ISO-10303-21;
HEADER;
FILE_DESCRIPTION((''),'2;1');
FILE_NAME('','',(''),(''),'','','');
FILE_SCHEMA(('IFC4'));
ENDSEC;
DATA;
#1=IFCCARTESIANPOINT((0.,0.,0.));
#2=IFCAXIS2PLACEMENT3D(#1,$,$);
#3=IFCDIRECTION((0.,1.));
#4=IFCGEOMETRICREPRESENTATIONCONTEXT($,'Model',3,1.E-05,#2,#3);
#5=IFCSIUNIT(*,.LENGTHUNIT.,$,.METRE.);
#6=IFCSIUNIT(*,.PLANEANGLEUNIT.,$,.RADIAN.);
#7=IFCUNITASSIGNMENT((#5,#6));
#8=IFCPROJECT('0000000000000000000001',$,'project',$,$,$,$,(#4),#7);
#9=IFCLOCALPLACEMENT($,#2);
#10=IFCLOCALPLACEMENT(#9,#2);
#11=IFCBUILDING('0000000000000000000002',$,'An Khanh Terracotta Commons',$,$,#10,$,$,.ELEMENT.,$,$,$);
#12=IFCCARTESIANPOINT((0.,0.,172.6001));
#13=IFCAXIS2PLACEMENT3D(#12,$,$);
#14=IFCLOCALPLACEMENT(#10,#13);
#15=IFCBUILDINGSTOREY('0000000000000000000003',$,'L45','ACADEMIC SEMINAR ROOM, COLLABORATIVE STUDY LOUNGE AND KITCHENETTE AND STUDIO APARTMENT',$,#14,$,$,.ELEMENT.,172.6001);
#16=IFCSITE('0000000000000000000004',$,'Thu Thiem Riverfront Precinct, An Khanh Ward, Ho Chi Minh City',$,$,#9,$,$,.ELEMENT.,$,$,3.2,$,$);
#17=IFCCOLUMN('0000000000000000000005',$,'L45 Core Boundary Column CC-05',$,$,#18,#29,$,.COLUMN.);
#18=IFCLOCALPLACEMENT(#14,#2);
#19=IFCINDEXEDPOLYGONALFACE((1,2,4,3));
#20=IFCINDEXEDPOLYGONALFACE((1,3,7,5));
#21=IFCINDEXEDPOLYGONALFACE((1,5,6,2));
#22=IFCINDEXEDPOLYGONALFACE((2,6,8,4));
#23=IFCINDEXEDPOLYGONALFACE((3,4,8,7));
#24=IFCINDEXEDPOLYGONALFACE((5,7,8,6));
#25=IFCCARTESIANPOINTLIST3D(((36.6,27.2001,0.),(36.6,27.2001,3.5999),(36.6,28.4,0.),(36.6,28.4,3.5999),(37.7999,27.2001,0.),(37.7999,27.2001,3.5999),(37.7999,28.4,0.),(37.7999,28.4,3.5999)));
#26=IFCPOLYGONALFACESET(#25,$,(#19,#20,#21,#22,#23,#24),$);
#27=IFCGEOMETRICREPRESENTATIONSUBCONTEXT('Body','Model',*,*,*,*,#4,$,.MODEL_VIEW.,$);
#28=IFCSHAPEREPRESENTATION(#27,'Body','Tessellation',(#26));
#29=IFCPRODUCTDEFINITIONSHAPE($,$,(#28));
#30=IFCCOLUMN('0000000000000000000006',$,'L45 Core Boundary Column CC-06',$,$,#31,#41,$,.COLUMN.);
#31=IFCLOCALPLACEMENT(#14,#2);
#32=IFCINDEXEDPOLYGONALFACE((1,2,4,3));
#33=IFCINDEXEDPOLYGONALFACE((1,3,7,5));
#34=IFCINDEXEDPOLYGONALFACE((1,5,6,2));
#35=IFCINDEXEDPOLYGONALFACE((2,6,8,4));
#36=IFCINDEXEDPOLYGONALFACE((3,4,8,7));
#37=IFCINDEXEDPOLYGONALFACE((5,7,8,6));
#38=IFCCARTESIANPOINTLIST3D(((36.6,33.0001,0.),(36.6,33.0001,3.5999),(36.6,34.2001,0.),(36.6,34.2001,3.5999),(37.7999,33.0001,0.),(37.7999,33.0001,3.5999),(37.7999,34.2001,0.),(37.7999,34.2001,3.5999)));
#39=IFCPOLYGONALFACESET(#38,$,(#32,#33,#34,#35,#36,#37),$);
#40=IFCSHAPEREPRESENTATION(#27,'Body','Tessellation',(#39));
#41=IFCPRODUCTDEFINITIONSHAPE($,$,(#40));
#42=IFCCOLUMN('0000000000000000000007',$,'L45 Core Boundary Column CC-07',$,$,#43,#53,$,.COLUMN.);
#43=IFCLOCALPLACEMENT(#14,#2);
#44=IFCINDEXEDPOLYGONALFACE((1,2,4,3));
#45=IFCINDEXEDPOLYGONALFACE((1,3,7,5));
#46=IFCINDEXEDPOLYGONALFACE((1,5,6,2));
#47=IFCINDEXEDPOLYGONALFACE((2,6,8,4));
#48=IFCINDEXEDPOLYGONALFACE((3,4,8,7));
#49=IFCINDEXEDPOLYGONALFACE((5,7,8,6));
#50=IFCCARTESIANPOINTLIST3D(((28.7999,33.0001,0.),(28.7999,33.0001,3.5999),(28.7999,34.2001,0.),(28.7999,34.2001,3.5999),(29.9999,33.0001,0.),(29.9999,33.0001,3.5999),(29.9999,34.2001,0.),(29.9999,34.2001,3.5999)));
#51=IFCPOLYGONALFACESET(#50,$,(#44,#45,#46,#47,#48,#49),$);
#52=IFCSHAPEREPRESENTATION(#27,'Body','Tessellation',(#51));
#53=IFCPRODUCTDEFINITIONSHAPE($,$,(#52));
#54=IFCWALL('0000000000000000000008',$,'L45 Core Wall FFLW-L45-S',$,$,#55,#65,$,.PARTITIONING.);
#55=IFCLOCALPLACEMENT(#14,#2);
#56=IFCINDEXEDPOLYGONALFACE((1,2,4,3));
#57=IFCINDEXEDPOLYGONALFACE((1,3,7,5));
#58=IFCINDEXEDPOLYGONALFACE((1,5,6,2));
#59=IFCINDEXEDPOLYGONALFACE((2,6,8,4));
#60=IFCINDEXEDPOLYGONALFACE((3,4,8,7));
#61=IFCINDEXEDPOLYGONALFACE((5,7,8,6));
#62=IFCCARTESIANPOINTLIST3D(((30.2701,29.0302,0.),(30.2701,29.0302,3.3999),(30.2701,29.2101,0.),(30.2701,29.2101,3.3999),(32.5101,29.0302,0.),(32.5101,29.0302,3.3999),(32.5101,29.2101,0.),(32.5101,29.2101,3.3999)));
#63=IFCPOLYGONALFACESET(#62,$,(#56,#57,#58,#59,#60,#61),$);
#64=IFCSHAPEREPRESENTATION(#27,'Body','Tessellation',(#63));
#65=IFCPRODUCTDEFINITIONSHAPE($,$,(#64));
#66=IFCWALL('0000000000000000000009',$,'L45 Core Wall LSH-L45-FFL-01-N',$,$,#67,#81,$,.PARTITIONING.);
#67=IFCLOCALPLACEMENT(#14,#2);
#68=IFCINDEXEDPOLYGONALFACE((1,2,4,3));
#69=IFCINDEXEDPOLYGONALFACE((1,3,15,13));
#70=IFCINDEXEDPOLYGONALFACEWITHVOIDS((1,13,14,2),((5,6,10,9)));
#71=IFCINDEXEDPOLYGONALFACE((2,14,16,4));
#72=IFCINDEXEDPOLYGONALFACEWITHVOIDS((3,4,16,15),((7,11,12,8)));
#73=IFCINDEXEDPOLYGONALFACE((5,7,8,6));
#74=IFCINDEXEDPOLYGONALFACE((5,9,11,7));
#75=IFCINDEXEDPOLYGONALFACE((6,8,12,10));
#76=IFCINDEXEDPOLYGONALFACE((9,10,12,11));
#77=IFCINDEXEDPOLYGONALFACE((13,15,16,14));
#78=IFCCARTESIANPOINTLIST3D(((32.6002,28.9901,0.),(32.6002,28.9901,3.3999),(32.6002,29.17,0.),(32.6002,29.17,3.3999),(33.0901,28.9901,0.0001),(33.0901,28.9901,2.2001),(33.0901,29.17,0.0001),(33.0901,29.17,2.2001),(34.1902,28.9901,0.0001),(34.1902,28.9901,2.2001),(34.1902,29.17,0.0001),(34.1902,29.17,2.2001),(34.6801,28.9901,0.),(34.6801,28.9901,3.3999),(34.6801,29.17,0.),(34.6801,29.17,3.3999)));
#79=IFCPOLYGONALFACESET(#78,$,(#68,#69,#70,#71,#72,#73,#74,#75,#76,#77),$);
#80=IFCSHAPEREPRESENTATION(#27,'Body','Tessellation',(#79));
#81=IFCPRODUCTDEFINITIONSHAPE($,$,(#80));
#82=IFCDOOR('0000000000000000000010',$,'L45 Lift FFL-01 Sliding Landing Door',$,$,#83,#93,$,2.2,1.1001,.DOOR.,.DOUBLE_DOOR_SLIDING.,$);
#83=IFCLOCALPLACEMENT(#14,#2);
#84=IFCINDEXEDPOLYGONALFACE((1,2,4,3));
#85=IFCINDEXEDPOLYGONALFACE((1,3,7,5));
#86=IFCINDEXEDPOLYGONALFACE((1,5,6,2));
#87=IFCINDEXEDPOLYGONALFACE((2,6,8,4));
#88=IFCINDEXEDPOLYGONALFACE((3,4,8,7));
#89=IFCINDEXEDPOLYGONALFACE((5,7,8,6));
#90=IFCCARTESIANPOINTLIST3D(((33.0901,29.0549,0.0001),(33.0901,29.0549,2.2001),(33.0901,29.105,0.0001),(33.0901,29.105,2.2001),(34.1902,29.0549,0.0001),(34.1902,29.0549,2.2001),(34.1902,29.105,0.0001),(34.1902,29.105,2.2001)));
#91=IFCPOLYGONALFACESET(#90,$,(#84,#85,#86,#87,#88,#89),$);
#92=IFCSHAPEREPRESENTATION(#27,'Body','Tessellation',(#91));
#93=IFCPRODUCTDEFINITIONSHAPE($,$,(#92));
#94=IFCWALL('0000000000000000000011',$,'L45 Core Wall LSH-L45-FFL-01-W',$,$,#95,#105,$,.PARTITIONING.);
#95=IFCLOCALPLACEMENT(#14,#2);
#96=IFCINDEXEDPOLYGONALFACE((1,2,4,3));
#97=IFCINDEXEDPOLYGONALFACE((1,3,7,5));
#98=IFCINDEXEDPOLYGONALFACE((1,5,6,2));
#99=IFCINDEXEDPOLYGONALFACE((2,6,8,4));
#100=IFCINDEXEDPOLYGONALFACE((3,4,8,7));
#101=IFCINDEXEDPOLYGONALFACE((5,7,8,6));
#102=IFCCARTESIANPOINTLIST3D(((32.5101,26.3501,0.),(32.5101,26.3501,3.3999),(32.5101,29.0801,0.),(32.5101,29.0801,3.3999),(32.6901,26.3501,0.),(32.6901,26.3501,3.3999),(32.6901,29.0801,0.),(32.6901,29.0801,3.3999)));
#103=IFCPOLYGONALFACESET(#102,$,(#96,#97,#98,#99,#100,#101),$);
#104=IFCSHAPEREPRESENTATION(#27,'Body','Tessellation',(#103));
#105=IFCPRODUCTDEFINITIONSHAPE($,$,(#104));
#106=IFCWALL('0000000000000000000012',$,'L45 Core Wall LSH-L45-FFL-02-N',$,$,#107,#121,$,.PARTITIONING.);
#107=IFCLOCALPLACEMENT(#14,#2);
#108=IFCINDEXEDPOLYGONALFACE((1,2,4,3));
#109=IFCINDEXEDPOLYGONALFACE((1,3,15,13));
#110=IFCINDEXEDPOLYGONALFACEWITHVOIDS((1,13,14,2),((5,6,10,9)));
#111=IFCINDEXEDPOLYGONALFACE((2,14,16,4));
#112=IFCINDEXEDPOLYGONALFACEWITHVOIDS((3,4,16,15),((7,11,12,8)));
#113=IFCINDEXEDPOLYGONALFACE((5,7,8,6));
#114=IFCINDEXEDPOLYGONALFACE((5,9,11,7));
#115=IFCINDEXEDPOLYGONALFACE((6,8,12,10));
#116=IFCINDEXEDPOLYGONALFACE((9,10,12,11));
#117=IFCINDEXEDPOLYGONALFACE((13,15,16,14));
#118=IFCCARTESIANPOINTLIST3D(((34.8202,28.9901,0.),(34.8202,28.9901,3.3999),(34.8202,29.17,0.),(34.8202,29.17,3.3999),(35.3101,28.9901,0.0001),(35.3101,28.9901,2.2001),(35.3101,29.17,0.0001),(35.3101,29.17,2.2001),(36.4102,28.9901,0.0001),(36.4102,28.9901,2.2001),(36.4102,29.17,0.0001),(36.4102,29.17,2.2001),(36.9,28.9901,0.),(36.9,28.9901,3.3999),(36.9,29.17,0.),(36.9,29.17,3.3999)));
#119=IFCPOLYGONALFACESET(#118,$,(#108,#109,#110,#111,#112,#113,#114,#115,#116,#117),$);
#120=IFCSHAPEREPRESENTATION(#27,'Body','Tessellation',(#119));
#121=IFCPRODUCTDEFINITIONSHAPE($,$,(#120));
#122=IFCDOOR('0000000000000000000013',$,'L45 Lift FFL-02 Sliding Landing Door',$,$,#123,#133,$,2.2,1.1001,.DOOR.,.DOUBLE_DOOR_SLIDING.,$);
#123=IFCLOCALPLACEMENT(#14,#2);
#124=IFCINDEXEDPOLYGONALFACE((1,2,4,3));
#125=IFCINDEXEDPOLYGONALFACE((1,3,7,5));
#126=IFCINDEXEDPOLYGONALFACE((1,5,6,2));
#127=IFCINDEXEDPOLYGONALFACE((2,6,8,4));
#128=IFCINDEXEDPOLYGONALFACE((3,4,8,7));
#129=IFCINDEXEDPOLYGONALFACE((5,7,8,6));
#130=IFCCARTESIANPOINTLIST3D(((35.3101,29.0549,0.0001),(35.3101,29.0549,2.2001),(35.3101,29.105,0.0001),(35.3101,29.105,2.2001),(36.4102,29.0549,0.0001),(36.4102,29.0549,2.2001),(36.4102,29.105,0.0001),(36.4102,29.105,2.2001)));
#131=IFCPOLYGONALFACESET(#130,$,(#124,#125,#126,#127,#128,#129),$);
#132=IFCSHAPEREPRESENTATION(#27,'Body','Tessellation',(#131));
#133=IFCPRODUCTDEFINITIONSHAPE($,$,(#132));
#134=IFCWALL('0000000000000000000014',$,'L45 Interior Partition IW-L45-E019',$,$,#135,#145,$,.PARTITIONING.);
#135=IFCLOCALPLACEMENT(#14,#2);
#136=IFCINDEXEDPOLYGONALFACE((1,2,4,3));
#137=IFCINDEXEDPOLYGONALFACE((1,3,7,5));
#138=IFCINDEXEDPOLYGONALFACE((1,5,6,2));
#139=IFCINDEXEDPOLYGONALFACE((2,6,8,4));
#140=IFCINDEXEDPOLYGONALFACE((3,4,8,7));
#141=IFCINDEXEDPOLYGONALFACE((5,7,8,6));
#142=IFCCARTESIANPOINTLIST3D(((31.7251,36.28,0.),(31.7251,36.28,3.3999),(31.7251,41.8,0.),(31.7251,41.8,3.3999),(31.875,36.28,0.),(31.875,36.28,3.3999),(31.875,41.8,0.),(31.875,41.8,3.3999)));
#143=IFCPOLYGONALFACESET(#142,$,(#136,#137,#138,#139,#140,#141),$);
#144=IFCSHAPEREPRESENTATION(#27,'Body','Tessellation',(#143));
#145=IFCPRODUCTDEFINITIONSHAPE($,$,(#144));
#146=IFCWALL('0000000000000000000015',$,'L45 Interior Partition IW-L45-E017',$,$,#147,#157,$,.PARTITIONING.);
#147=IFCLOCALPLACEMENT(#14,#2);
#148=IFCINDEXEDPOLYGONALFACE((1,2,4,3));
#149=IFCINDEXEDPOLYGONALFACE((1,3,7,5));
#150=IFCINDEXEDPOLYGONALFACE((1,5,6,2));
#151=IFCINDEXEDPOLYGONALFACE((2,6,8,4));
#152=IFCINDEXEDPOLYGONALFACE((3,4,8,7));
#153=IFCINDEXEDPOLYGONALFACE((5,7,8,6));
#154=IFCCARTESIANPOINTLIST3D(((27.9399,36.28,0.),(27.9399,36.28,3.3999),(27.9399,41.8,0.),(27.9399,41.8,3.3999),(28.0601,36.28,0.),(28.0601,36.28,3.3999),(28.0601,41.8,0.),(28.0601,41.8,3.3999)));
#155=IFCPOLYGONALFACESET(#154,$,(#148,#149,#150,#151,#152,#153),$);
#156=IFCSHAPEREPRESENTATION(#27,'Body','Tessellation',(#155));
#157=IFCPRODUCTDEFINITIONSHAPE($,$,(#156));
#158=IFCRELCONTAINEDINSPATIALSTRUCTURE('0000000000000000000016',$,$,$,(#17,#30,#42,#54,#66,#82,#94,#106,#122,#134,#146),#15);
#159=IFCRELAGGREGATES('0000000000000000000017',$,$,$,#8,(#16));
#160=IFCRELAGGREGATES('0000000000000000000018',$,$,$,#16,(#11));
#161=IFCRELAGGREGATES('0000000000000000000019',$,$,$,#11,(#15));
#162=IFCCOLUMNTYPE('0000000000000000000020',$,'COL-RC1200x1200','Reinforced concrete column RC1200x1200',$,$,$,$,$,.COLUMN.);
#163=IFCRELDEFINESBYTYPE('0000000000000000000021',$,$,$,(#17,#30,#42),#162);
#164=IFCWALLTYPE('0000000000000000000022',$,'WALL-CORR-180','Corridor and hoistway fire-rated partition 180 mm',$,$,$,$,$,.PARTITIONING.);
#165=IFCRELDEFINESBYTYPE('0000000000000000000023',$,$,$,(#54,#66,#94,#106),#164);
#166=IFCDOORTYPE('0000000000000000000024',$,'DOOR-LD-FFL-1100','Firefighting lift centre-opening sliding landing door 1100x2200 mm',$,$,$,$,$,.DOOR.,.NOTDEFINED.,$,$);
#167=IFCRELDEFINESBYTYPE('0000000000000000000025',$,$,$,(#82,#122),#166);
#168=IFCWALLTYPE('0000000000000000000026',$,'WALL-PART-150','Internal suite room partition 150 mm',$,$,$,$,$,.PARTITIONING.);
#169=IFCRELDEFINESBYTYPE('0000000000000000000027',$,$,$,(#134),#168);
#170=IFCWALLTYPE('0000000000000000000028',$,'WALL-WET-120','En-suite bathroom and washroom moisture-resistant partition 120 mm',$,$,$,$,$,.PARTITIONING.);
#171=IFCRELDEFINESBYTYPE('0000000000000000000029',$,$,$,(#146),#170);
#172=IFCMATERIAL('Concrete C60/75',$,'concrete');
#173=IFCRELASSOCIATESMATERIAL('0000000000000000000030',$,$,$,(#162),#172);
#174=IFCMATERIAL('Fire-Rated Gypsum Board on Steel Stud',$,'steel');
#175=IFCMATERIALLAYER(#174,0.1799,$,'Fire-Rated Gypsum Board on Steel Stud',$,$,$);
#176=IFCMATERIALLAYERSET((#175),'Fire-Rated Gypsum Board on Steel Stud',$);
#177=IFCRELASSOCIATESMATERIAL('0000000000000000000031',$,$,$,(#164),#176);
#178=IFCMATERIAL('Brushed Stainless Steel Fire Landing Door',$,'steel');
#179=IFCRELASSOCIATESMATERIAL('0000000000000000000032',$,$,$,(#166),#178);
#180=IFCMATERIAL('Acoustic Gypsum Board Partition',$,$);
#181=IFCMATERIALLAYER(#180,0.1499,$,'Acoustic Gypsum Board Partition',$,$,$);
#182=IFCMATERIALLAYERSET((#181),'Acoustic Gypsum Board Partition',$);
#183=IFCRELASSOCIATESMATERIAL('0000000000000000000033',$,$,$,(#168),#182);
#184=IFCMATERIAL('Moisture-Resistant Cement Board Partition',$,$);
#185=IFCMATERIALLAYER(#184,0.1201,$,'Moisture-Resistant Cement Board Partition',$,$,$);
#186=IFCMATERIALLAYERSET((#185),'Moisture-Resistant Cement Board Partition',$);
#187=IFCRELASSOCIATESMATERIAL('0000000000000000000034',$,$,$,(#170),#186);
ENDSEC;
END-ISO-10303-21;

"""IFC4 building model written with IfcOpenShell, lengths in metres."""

from ifc_helpers import new_model, si_unit, direction, frame, frame_2d, origin, origin_2d, place, context, subcontext, project, spatial, rectangle, extrude, material, layer, layer_set, material_profile, profile_set, type_object, element, fill, save


model = new_model("IFC4")

# Units and contexts
model_context = context("Model", 3, precision=1e-05, world=origin(), true_north=direction((0.0, 1.0)))
body_context = subcontext(model_context, "Body", "Model", "MODEL_VIEW")
ifc_project = project(units=[si_unit("LENGTHUNIT", "METRE"), si_unit("PLANEANGLEUNIT", "RADIAN")], contexts=[model_context])

# Site, building, storey
site_placement = place(None, origin())
site = spatial("IfcSite", under=ifc_project, at=site_placement, Name="Thu Thiem Riverfront Precinct, An Khanh Ward, Ho Chi Minh City", CompositionType="ELEMENT", RefElevation=3.2)
building_placement = place(site_placement, origin())
building = spatial("IfcBuilding", under=site, at=building_placement, Name="An Khanh Terracotta Commons", CompositionType="ELEMENT")
storey_placement = place(building_placement, frame((0.0, 0.0, 172.6001)))
storey = spatial("IfcBuildingStorey", under=building, at=storey_placement, Name="L45", Description="ACADEMIC SEMINAR ROOM, COLLABORATIVE STUDY LOUNGE AND KITCHENETTE AND STUDIO APARTMENT", CompositionType="ELEMENT", Elevation=172.6001)

# Columns
ifc_material_1 = material(Name="Concrete C60/75", Category="concrete")
ifc_material_profile = material_profile(ifc_material_1, rectangle(XDim=1.2, YDim=1.2, at=origin_2d()), Name="RC1200x1200")
ifc_profile_set = profile_set([ifc_material_profile], Name="Concrete C60/75")
column_type = type_object("IfcColumnType", Name="COL-RC1200x1200", Description="Reinforced concrete column RC1200x1200", PredefinedType="COLUMN", material=ifc_profile_set)
for number, where, z_axis, x_axis, name in (
    (1, (37.2, 27.8, 0.0), (0.0, 0.0, 1.0), (1.0, 0.0, 0.0), "L45 Core Boundary Column CC-05"),
    (2, (37.2, 33.6001, 0.0), (0.0, 0.0, 1.0), (1.0, 0.0, 0.0), "L45 Core Boundary Column CC-06"),
    (3, (29.3999, 33.6001, 0.0), (0.0, 0.0, 1.0), (1.0, 0.0, 0.0), "L45 Core Boundary Column CC-07"),
):
    element("IfcColumn", number, at=place(storey_placement, frame(where, z_axis=z_axis, x_axis=x_axis)), inside=storey, type_object=column_type, Name=name, PredefinedType="COLUMN", context=body_context, shape_type="SweptSolid", body=[
        extrude(rectangle(XDim=1.2, YDim=1.2, at=origin_2d()), origin(), (0.0, 0.0, 1.0), 3.5999),
    ])

# Wall
ifc_material_2 = material(Name="Fire-Rated Gypsum Board on Steel Stud", Category="steel")
ifc_layer_1 = layer(ifc_material_2, 0.1799, Name="Fire-Rated Gypsum Board on Steel Stud")
ifc_layer_set_1 = layer_set([ifc_layer_1], Name="Fire-Rated Gypsum Board on Steel Stud")
wall_type_1 = type_object("IfcWallType", Name="WALL-CORR-180", Description="Corridor and hoistway fire-rated partition 180 mm", PredefinedType="PARTITIONING", material=ifc_layer_set_1)
wall_1_placement = place(storey_placement, frame((30.27, 29.1201, 0.0), z_axis=(0.0, 0.0, 1.0), x_axis=(1.0, 0.0, 0.0)))
element("IfcWall", 4, at=wall_1_placement, inside=storey, type_object=wall_type_1, Name="L45 Core Wall FFLW-L45-S", PredefinedType="PARTITIONING", context=body_context, shape_type="SweptSolid", body=[
    extrude(rectangle(XDim=2.24, YDim=0.1799, at=frame_2d((1.1201, 0.0))), origin(), (0.0, 0.0, 1.0), 3.3999),
])

# Wall, opening, door
wall_2_placement = place(storey_placement, frame((32.6001, 29.0801, 0.0), z_axis=(0.0, 0.0, 1.0), x_axis=(1.0, 0.0, 0.0)))
wall_2 = element("IfcWall", 5, at=wall_2_placement, inside=storey, type_object=wall_type_1, Name="L45 Core Wall LSH-L45-FFL-01-N", PredefinedType="PARTITIONING", context=body_context, shape_type="SweptSolid", body=[
    extrude(rectangle(XDim=2.0798, YDim=0.1799, at=frame_2d((1.04, 0.0))), origin(), (0.0, 0.0, 1.0), 3.3999),
])
opening_1_placement = place(wall_2_placement, frame((0.49, 0.0, 0.0)))
opening_1 = element("IfcOpeningElement", 6, at=opening_1_placement, cuts=wall_2, PredefinedType="OPENING", context=body_context, shape_type="SweptSolid", body=[
    extrude(rectangle(XDim=1.1001, YDim=2.2, at=frame_2d((0.55, 1.1001))), frame((0.0, 0.0999, 0.0), z_axis=(0.0, -1.0, 0.0), x_axis=(1.0, 0.0, 0.0)), (0.0, 0.0, 1.0), 0.2),
])
ifc_material_3 = material(Name="Brushed Stainless Steel Fire Landing Door", Category="steel")
door_type_1 = type_object("IfcDoorType", Name="DOOR-LD-FFL-1100", Description="Firefighting lift centre-opening sliding landing door 1100x2200 mm", OperationType="NOTDEFINED", PredefinedType="DOOR", material=ifc_material_3)
door_1_placement = place(opening_1_placement, origin())
door_1 = element("IfcDoor", 7, at=door_1_placement, inside=storey, type_object=door_type_1, Name="L45 Lift FFL-01 Sliding Landing Door", OperationType="DOUBLE_DOOR_SLIDING", OverallHeight=2.2, OverallWidth=1.1001, PredefinedType="DOOR", context=body_context, shape_type="SweptSolid", body=[
    extrude(rectangle(XDim=1.1001, YDim=2.2, at=frame_2d((0.55, 1.1001))), frame((0.0, 0.0249, 0.0), z_axis=(0.0, -1.0, 0.0), x_axis=(1.0, 0.0, 0.0)), (0.0, 0.0, 1.0), 0.05),
])
fill(opening_1, door_1)

# Wall
wall_3_placement = place(storey_placement, frame((32.6001, 29.0801, 0.0), z_axis=(0.0, 0.0, 1.0), x_axis=(0.0, -1.0, 0.0)))
element("IfcWall", 8, at=wall_3_placement, inside=storey, type_object=wall_type_1, Name="L45 Core Wall LSH-L45-FFL-01-W", PredefinedType="PARTITIONING", context=body_context, shape_type="SweptSolid", body=[
    extrude(rectangle(XDim=2.73, YDim=0.1799, at=frame_2d((1.365, 0.0))), origin(), (0.0, 0.0, 1.0), 3.3999),
])

# Wall, opening, door
wall_4_placement = place(storey_placement, frame((34.8201, 29.0801, 0.0), z_axis=(0.0, 0.0, 1.0), x_axis=(1.0, 0.0, 0.0)))
wall_4 = element("IfcWall", 9, at=wall_4_placement, inside=storey, type_object=wall_type_1, Name="L45 Core Wall LSH-L45-FFL-02-N", PredefinedType="PARTITIONING", context=body_context, shape_type="SweptSolid", body=[
    extrude(rectangle(XDim=2.0798, YDim=0.1799, at=frame_2d((1.04, 0.0))), origin(), (0.0, 0.0, 1.0), 3.3999),
])
opening_2_placement = place(wall_4_placement, frame((0.49, 0.0, 0.0)))
opening_2 = element("IfcOpeningElement", 10, at=opening_2_placement, cuts=wall_4, PredefinedType="OPENING", context=body_context, shape_type="SweptSolid", body=[
    extrude(rectangle(XDim=1.1001, YDim=2.2, at=frame_2d((0.55, 1.1001))), frame((0.0, 0.0999, 0.0), z_axis=(0.0, -1.0, 0.0), x_axis=(1.0, 0.0, 0.0)), (0.0, 0.0, 1.0), 0.2),
])
door_2_placement = place(opening_2_placement, origin())
door_2 = element("IfcDoor", 11, at=door_2_placement, inside=storey, type_object=door_type_1, Name="L45 Lift FFL-02 Sliding Landing Door", OperationType="DOUBLE_DOOR_SLIDING", OverallHeight=2.2, OverallWidth=1.1001, PredefinedType="DOOR", context=body_context, shape_type="SweptSolid", body=[
    extrude(rectangle(XDim=1.1001, YDim=2.2, at=frame_2d((0.55, 1.1001))), frame((0.0, 0.0249, 0.0), z_axis=(0.0, -1.0, 0.0), x_axis=(1.0, 0.0, 0.0)), (0.0, 0.0, 1.0), 0.05),
])
fill(opening_2, door_2)

# Wall
ifc_material_4 = material(Name="Acoustic Gypsum Board Partition")
ifc_layer_2 = layer(ifc_material_4, 0.1499, Name="Acoustic Gypsum Board Partition")
ifc_layer_set_2 = layer_set([ifc_layer_2], Name="Acoustic Gypsum Board Partition")
wall_type_2 = type_object("IfcWallType", Name="WALL-PART-150", Description="Internal suite room partition 150 mm", PredefinedType="PARTITIONING", material=ifc_layer_set_2)
wall_5_placement = place(storey_placement, frame((31.8, 36.28, 0.0), z_axis=(0.0, 0.0, 1.0), x_axis=(0.0, 1.0, 0.0)))
element("IfcWall", 12, at=wall_5_placement, inside=storey, type_object=wall_type_2, Name="L45 Interior Partition IW-L45-E019", PredefinedType="PARTITIONING", context=body_context, shape_type="SweptSolid", body=[
    extrude(rectangle(XDim=5.52, YDim=0.1499, at=frame_2d((2.76, 0.0))), origin(), (0.0, 0.0, 1.0), 3.3999),
])

# Wall
ifc_material_5 = material(Name="Moisture-Resistant Cement Board Partition")
ifc_layer_3 = layer(ifc_material_5, 0.1201, Name="Moisture-Resistant Cement Board Partition")
ifc_layer_set_3 = layer_set([ifc_layer_3], Name="Moisture-Resistant Cement Board Partition")
wall_type_3 = type_object("IfcWallType", Name="WALL-WET-120", Description="En-suite bathroom and washroom moisture-resistant partition 120 mm", PredefinedType="PARTITIONING", material=ifc_layer_set_3)
wall_6_placement = place(storey_placement, frame((28.0, 36.28, 0.0), z_axis=(0.0, 0.0, 1.0), x_axis=(0.0, 1.0, 0.0)))
element("IfcWall", 13, at=wall_6_placement, inside=storey, type_object=wall_type_3, Name="L45 Interior Partition IW-L45-E017", PredefinedType="PARTITIONING", context=body_context, shape_type="SweptSolid", body=[
    extrude(rectangle(XDim=5.52, YDim=0.1201, at=frame_2d((2.76, 0.0))), origin(), (0.0, 0.0, 1.0), 3.3999),
])

save(model, "model.ifc")
